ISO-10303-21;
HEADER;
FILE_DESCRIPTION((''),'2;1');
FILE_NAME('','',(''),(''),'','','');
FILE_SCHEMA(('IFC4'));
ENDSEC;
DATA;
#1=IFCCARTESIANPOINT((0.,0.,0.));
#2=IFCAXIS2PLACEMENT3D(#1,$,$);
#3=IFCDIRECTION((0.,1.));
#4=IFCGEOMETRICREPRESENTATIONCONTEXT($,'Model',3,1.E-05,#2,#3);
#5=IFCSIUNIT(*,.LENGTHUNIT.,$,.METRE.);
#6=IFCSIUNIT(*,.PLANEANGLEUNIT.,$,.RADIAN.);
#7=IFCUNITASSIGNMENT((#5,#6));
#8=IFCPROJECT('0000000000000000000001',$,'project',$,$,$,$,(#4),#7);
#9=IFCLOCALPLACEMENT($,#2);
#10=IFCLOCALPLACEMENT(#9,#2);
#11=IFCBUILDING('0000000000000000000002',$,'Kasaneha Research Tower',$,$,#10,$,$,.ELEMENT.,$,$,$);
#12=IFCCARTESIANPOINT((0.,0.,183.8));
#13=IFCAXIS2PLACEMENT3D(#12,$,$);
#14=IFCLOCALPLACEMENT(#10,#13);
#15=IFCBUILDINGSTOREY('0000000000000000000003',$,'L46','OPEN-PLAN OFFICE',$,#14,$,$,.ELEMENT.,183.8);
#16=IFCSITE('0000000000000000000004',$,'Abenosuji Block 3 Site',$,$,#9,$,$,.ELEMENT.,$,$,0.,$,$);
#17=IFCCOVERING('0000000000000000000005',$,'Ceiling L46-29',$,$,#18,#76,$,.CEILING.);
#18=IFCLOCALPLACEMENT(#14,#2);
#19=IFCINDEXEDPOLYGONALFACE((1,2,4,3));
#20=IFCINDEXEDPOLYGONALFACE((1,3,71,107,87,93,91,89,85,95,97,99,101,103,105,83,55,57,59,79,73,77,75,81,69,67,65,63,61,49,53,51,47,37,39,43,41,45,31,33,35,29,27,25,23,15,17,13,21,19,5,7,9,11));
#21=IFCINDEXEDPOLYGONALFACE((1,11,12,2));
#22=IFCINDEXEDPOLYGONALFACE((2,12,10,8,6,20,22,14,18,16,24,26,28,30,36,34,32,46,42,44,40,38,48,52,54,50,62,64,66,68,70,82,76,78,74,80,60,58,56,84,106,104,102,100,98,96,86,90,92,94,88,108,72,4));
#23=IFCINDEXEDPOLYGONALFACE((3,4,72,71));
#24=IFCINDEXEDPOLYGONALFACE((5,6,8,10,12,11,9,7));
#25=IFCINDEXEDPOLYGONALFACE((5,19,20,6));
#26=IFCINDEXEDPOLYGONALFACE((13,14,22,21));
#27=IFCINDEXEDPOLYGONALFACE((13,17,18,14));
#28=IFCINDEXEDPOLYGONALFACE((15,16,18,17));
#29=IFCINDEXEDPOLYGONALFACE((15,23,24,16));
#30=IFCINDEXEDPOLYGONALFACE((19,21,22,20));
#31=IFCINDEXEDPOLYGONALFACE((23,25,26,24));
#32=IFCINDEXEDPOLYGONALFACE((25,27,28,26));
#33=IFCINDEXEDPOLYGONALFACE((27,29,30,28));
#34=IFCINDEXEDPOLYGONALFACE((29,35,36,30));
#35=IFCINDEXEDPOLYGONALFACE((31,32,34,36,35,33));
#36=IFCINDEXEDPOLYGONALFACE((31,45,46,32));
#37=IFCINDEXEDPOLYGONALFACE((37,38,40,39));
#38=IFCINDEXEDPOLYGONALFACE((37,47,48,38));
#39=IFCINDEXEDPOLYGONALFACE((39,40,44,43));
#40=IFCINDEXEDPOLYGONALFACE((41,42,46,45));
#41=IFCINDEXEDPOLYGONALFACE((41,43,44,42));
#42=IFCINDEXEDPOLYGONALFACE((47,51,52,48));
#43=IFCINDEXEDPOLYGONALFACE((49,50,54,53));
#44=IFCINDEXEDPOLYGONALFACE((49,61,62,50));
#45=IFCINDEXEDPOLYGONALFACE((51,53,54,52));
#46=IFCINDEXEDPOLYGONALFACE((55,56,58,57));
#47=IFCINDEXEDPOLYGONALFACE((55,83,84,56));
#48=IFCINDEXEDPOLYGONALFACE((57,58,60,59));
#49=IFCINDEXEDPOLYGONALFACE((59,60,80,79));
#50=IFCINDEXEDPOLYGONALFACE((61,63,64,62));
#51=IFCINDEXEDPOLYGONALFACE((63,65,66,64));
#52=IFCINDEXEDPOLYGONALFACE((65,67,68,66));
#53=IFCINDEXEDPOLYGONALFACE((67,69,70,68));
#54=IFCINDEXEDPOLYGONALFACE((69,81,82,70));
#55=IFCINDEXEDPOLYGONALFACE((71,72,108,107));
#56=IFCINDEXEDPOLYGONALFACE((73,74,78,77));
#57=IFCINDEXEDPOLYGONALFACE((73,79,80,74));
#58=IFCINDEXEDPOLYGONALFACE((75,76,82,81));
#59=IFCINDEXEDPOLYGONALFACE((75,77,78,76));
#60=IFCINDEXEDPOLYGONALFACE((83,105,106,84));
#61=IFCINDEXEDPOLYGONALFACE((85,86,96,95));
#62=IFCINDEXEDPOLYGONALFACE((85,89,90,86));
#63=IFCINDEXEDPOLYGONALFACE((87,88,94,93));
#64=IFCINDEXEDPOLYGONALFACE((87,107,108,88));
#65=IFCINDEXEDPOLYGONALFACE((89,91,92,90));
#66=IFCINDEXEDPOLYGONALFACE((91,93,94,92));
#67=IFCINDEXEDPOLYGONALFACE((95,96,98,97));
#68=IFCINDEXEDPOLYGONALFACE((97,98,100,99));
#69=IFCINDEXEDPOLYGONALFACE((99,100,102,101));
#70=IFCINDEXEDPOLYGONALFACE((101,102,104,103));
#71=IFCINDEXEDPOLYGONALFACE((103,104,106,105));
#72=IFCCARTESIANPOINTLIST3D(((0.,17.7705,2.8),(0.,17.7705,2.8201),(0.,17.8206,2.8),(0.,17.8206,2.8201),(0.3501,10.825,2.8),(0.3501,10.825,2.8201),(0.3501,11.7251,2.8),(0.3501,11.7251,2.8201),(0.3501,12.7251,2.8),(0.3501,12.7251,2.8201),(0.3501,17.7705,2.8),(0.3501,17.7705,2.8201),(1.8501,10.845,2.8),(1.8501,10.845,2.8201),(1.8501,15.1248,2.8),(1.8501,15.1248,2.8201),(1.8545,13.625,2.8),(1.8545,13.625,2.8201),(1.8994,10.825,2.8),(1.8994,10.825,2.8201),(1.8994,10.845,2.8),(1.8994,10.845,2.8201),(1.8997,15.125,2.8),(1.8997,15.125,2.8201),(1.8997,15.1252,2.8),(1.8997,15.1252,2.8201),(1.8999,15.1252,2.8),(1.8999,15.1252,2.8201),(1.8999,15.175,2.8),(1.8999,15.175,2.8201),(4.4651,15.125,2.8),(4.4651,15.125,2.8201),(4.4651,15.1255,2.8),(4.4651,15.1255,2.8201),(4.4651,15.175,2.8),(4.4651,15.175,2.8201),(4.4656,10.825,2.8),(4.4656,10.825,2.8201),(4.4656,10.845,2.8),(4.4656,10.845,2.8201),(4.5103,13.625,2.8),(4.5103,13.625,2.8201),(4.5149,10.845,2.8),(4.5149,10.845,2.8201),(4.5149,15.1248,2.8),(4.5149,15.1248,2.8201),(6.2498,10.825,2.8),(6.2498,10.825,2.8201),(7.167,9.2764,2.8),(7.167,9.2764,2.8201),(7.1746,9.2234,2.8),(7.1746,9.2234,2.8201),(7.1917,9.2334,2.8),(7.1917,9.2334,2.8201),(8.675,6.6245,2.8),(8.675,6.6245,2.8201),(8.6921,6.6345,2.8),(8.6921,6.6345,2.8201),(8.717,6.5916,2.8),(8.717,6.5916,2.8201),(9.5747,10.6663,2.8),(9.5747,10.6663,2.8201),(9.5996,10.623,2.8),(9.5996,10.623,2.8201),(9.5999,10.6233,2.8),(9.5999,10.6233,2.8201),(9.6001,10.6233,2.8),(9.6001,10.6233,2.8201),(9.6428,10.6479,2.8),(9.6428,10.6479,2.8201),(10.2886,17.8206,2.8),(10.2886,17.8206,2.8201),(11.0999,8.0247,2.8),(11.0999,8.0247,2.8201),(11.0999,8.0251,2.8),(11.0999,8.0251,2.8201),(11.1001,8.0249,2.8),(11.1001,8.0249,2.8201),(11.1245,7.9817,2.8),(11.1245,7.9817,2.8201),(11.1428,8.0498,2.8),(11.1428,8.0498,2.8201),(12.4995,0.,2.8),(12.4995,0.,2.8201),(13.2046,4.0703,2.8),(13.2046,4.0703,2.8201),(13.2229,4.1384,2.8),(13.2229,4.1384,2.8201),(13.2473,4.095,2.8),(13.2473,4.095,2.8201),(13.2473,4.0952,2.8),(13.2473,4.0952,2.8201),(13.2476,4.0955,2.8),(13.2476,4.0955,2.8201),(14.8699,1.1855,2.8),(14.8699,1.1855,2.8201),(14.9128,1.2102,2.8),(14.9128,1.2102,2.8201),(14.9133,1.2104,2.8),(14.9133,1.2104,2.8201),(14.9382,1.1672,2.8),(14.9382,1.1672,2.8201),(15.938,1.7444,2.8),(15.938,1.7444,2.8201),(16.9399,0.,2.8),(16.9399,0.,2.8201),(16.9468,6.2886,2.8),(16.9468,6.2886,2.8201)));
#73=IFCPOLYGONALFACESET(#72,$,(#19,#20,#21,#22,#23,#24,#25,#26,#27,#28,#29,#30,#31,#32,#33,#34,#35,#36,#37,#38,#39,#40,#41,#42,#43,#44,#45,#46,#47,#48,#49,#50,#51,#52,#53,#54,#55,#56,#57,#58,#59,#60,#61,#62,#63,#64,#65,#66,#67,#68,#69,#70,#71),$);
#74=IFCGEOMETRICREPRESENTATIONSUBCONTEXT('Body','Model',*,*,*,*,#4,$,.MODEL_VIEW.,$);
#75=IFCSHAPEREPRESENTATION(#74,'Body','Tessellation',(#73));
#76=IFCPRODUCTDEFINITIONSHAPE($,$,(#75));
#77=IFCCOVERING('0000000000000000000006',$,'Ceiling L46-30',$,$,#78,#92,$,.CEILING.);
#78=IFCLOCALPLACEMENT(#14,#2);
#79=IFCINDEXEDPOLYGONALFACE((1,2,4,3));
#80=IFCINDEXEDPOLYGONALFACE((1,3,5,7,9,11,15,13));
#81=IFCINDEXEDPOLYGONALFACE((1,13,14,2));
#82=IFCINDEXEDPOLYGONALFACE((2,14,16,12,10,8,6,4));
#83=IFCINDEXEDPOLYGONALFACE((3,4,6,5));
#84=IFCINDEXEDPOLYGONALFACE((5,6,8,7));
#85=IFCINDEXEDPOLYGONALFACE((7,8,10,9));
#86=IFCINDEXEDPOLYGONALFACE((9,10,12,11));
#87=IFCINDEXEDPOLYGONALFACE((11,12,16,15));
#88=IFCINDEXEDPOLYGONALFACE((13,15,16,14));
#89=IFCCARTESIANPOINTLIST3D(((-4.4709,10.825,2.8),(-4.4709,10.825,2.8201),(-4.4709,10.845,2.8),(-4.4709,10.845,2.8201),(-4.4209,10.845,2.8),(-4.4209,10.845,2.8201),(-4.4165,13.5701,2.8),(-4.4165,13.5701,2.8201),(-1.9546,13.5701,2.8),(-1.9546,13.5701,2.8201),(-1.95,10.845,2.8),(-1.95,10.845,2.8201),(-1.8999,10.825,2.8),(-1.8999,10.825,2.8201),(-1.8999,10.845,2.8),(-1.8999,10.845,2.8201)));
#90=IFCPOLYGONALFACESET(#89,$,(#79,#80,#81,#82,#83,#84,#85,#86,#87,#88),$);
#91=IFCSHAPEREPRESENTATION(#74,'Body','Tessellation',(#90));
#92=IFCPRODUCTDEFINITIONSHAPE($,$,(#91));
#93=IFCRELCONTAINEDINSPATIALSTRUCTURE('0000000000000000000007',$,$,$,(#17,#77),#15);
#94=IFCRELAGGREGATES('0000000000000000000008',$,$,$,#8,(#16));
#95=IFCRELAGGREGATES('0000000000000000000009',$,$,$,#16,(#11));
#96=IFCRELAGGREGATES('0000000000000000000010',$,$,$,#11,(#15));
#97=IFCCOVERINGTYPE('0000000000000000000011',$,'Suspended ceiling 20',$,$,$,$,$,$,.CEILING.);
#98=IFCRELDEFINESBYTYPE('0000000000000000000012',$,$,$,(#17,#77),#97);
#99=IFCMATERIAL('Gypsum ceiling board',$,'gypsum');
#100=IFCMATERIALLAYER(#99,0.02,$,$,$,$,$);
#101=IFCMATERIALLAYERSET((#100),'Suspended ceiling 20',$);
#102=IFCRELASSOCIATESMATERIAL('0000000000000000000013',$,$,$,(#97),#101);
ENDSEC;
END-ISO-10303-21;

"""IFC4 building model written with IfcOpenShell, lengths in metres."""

from ifc_helpers import new_model, si_unit, direction, frame, origin, place, context, subcontext, project, spatial, polyline, outline, extrude, material, layer, layer_set, type_object, element, save


model = new_model("IFC4")

# Units and contexts
model_context = context("Model", 3, precision=1e-05, world=origin(), true_north=direction((0.0, 1.0)))
body_context = subcontext(model_context, "Body", "Model", "MODEL_VIEW")
ifc_project = project(units=[si_unit("LENGTHUNIT", "METRE"), si_unit("PLANEANGLEUNIT", "RADIAN")], contexts=[model_context])

# Site, building, storey
site_placement = place(None, origin())
site = spatial("IfcSite", under=ifc_project, at=site_placement, Name="Abenosuji Block 3 Site", CompositionType="ELEMENT", RefElevation=0.0)
building_placement = place(site_placement, origin())
building = spatial("IfcBuilding", under=site, at=building_placement, Name="Kasaneha Research Tower", CompositionType="ELEMENT")
storey_placement = place(building_placement, frame((0.0, 0.0, 183.8)))
storey = spatial("IfcBuildingStorey", under=building, at=storey_placement, Name="L46", Description="OPEN-PLAN OFFICE", CompositionType="ELEMENT", Elevation=183.8)

# Coverings
ifc_material_1 = material(Name="Gypsum ceiling board", Category="gypsum")
ifc_layer_1 = layer(ifc_material_1, 0.02)
ifc_layer_set_1 = layer_set([ifc_layer_1], Name="Suspended ceiling 20")
covering_type = type_object("IfcCoveringType", Name="Suspended ceiling 20", PredefinedType="CEILING", material=ifc_layer_set_1)
covering_1_placement = place(storey_placement, frame((0.0, 0.0, 2.8)))
element("IfcCovering", 1, at=covering_1_placement, inside=storey, type_object=covering_type, Name="Ceiling L46-29", PredefinedType="CEILING", context=body_context, shape_type="SweptSolid", body=[
    extrude(outline(polyline([(8.6921, 6.6345), (8.717, 6.5916), (11.1245, 7.9817), (11.0999, 8.0247), (11.1001, 8.0249), (11.0999, 8.0251), (11.1428, 8.0498), (9.6428, 10.6479), (9.6001, 10.6233), (9.5999, 10.6233), (9.5996, 10.623), (9.5747, 10.6663), (7.167, 9.2764), (7.1917, 9.2334), (7.1746, 9.2234), (6.2498, 10.825), (4.4656, 10.825), (4.4656, 10.845), (4.5149, 10.845), (4.5103, 13.625), (4.5149, 15.1248), (4.4651, 15.125), (4.4651, 15.1255), (4.4651, 15.175), (1.8999, 15.175), (1.8999, 15.1252), (1.8997, 15.1252), (1.8997, 15.125), (1.8501, 15.1248), (1.8545, 13.625), (1.8501, 10.845), (1.8994, 10.845), (1.8994, 10.825), (0.3501, 10.825), (0.3501, 11.7251), (0.3501, 12.7251), (0.3501, 17.7705), (0.3501, 17.7705), (0.0, 17.7705), (0.0, 17.8206), (10.2886, 17.8206), (16.9468, 6.2886), (13.2229, 4.1384), (13.2476, 4.0955), (13.2473, 4.0952), (13.2473, 4.095), (13.2046, 4.0703), (14.8699, 1.1855), (14.9128, 1.2102), (14.9128, 1.2102), (14.9133, 1.2104), (14.9382, 1.1672), (15.938, 1.7444), (16.9399, 0.0), (12.4995, 0.0), (8.675, 6.6245), (8.6921, 6.6345)])), origin(), (0.0, 0.0, 1.0), 0.02),
])
covering_2_placement = place(storey_placement, frame((0.0, 0.0, 2.8)))
element("IfcCovering", 2, at=covering_2_placement, inside=storey, type_object=covering_type, Name="Ceiling L46-30", PredefinedType="CEILING", context=body_context, shape_type="SweptSolid", body=[
    extrude(outline(polyline([(-4.4709, 10.825), (-4.4709, 10.845), (-4.4209, 10.845), (-4.4165, 13.5701), (-1.9546, 13.5701), (-1.95, 10.845), (-1.8999, 10.845), (-1.8999, 10.825), (-4.4709, 10.825)])), origin(), (0.0, 0.0, 1.0), 0.02),
])

save(model, "model.ifc")
